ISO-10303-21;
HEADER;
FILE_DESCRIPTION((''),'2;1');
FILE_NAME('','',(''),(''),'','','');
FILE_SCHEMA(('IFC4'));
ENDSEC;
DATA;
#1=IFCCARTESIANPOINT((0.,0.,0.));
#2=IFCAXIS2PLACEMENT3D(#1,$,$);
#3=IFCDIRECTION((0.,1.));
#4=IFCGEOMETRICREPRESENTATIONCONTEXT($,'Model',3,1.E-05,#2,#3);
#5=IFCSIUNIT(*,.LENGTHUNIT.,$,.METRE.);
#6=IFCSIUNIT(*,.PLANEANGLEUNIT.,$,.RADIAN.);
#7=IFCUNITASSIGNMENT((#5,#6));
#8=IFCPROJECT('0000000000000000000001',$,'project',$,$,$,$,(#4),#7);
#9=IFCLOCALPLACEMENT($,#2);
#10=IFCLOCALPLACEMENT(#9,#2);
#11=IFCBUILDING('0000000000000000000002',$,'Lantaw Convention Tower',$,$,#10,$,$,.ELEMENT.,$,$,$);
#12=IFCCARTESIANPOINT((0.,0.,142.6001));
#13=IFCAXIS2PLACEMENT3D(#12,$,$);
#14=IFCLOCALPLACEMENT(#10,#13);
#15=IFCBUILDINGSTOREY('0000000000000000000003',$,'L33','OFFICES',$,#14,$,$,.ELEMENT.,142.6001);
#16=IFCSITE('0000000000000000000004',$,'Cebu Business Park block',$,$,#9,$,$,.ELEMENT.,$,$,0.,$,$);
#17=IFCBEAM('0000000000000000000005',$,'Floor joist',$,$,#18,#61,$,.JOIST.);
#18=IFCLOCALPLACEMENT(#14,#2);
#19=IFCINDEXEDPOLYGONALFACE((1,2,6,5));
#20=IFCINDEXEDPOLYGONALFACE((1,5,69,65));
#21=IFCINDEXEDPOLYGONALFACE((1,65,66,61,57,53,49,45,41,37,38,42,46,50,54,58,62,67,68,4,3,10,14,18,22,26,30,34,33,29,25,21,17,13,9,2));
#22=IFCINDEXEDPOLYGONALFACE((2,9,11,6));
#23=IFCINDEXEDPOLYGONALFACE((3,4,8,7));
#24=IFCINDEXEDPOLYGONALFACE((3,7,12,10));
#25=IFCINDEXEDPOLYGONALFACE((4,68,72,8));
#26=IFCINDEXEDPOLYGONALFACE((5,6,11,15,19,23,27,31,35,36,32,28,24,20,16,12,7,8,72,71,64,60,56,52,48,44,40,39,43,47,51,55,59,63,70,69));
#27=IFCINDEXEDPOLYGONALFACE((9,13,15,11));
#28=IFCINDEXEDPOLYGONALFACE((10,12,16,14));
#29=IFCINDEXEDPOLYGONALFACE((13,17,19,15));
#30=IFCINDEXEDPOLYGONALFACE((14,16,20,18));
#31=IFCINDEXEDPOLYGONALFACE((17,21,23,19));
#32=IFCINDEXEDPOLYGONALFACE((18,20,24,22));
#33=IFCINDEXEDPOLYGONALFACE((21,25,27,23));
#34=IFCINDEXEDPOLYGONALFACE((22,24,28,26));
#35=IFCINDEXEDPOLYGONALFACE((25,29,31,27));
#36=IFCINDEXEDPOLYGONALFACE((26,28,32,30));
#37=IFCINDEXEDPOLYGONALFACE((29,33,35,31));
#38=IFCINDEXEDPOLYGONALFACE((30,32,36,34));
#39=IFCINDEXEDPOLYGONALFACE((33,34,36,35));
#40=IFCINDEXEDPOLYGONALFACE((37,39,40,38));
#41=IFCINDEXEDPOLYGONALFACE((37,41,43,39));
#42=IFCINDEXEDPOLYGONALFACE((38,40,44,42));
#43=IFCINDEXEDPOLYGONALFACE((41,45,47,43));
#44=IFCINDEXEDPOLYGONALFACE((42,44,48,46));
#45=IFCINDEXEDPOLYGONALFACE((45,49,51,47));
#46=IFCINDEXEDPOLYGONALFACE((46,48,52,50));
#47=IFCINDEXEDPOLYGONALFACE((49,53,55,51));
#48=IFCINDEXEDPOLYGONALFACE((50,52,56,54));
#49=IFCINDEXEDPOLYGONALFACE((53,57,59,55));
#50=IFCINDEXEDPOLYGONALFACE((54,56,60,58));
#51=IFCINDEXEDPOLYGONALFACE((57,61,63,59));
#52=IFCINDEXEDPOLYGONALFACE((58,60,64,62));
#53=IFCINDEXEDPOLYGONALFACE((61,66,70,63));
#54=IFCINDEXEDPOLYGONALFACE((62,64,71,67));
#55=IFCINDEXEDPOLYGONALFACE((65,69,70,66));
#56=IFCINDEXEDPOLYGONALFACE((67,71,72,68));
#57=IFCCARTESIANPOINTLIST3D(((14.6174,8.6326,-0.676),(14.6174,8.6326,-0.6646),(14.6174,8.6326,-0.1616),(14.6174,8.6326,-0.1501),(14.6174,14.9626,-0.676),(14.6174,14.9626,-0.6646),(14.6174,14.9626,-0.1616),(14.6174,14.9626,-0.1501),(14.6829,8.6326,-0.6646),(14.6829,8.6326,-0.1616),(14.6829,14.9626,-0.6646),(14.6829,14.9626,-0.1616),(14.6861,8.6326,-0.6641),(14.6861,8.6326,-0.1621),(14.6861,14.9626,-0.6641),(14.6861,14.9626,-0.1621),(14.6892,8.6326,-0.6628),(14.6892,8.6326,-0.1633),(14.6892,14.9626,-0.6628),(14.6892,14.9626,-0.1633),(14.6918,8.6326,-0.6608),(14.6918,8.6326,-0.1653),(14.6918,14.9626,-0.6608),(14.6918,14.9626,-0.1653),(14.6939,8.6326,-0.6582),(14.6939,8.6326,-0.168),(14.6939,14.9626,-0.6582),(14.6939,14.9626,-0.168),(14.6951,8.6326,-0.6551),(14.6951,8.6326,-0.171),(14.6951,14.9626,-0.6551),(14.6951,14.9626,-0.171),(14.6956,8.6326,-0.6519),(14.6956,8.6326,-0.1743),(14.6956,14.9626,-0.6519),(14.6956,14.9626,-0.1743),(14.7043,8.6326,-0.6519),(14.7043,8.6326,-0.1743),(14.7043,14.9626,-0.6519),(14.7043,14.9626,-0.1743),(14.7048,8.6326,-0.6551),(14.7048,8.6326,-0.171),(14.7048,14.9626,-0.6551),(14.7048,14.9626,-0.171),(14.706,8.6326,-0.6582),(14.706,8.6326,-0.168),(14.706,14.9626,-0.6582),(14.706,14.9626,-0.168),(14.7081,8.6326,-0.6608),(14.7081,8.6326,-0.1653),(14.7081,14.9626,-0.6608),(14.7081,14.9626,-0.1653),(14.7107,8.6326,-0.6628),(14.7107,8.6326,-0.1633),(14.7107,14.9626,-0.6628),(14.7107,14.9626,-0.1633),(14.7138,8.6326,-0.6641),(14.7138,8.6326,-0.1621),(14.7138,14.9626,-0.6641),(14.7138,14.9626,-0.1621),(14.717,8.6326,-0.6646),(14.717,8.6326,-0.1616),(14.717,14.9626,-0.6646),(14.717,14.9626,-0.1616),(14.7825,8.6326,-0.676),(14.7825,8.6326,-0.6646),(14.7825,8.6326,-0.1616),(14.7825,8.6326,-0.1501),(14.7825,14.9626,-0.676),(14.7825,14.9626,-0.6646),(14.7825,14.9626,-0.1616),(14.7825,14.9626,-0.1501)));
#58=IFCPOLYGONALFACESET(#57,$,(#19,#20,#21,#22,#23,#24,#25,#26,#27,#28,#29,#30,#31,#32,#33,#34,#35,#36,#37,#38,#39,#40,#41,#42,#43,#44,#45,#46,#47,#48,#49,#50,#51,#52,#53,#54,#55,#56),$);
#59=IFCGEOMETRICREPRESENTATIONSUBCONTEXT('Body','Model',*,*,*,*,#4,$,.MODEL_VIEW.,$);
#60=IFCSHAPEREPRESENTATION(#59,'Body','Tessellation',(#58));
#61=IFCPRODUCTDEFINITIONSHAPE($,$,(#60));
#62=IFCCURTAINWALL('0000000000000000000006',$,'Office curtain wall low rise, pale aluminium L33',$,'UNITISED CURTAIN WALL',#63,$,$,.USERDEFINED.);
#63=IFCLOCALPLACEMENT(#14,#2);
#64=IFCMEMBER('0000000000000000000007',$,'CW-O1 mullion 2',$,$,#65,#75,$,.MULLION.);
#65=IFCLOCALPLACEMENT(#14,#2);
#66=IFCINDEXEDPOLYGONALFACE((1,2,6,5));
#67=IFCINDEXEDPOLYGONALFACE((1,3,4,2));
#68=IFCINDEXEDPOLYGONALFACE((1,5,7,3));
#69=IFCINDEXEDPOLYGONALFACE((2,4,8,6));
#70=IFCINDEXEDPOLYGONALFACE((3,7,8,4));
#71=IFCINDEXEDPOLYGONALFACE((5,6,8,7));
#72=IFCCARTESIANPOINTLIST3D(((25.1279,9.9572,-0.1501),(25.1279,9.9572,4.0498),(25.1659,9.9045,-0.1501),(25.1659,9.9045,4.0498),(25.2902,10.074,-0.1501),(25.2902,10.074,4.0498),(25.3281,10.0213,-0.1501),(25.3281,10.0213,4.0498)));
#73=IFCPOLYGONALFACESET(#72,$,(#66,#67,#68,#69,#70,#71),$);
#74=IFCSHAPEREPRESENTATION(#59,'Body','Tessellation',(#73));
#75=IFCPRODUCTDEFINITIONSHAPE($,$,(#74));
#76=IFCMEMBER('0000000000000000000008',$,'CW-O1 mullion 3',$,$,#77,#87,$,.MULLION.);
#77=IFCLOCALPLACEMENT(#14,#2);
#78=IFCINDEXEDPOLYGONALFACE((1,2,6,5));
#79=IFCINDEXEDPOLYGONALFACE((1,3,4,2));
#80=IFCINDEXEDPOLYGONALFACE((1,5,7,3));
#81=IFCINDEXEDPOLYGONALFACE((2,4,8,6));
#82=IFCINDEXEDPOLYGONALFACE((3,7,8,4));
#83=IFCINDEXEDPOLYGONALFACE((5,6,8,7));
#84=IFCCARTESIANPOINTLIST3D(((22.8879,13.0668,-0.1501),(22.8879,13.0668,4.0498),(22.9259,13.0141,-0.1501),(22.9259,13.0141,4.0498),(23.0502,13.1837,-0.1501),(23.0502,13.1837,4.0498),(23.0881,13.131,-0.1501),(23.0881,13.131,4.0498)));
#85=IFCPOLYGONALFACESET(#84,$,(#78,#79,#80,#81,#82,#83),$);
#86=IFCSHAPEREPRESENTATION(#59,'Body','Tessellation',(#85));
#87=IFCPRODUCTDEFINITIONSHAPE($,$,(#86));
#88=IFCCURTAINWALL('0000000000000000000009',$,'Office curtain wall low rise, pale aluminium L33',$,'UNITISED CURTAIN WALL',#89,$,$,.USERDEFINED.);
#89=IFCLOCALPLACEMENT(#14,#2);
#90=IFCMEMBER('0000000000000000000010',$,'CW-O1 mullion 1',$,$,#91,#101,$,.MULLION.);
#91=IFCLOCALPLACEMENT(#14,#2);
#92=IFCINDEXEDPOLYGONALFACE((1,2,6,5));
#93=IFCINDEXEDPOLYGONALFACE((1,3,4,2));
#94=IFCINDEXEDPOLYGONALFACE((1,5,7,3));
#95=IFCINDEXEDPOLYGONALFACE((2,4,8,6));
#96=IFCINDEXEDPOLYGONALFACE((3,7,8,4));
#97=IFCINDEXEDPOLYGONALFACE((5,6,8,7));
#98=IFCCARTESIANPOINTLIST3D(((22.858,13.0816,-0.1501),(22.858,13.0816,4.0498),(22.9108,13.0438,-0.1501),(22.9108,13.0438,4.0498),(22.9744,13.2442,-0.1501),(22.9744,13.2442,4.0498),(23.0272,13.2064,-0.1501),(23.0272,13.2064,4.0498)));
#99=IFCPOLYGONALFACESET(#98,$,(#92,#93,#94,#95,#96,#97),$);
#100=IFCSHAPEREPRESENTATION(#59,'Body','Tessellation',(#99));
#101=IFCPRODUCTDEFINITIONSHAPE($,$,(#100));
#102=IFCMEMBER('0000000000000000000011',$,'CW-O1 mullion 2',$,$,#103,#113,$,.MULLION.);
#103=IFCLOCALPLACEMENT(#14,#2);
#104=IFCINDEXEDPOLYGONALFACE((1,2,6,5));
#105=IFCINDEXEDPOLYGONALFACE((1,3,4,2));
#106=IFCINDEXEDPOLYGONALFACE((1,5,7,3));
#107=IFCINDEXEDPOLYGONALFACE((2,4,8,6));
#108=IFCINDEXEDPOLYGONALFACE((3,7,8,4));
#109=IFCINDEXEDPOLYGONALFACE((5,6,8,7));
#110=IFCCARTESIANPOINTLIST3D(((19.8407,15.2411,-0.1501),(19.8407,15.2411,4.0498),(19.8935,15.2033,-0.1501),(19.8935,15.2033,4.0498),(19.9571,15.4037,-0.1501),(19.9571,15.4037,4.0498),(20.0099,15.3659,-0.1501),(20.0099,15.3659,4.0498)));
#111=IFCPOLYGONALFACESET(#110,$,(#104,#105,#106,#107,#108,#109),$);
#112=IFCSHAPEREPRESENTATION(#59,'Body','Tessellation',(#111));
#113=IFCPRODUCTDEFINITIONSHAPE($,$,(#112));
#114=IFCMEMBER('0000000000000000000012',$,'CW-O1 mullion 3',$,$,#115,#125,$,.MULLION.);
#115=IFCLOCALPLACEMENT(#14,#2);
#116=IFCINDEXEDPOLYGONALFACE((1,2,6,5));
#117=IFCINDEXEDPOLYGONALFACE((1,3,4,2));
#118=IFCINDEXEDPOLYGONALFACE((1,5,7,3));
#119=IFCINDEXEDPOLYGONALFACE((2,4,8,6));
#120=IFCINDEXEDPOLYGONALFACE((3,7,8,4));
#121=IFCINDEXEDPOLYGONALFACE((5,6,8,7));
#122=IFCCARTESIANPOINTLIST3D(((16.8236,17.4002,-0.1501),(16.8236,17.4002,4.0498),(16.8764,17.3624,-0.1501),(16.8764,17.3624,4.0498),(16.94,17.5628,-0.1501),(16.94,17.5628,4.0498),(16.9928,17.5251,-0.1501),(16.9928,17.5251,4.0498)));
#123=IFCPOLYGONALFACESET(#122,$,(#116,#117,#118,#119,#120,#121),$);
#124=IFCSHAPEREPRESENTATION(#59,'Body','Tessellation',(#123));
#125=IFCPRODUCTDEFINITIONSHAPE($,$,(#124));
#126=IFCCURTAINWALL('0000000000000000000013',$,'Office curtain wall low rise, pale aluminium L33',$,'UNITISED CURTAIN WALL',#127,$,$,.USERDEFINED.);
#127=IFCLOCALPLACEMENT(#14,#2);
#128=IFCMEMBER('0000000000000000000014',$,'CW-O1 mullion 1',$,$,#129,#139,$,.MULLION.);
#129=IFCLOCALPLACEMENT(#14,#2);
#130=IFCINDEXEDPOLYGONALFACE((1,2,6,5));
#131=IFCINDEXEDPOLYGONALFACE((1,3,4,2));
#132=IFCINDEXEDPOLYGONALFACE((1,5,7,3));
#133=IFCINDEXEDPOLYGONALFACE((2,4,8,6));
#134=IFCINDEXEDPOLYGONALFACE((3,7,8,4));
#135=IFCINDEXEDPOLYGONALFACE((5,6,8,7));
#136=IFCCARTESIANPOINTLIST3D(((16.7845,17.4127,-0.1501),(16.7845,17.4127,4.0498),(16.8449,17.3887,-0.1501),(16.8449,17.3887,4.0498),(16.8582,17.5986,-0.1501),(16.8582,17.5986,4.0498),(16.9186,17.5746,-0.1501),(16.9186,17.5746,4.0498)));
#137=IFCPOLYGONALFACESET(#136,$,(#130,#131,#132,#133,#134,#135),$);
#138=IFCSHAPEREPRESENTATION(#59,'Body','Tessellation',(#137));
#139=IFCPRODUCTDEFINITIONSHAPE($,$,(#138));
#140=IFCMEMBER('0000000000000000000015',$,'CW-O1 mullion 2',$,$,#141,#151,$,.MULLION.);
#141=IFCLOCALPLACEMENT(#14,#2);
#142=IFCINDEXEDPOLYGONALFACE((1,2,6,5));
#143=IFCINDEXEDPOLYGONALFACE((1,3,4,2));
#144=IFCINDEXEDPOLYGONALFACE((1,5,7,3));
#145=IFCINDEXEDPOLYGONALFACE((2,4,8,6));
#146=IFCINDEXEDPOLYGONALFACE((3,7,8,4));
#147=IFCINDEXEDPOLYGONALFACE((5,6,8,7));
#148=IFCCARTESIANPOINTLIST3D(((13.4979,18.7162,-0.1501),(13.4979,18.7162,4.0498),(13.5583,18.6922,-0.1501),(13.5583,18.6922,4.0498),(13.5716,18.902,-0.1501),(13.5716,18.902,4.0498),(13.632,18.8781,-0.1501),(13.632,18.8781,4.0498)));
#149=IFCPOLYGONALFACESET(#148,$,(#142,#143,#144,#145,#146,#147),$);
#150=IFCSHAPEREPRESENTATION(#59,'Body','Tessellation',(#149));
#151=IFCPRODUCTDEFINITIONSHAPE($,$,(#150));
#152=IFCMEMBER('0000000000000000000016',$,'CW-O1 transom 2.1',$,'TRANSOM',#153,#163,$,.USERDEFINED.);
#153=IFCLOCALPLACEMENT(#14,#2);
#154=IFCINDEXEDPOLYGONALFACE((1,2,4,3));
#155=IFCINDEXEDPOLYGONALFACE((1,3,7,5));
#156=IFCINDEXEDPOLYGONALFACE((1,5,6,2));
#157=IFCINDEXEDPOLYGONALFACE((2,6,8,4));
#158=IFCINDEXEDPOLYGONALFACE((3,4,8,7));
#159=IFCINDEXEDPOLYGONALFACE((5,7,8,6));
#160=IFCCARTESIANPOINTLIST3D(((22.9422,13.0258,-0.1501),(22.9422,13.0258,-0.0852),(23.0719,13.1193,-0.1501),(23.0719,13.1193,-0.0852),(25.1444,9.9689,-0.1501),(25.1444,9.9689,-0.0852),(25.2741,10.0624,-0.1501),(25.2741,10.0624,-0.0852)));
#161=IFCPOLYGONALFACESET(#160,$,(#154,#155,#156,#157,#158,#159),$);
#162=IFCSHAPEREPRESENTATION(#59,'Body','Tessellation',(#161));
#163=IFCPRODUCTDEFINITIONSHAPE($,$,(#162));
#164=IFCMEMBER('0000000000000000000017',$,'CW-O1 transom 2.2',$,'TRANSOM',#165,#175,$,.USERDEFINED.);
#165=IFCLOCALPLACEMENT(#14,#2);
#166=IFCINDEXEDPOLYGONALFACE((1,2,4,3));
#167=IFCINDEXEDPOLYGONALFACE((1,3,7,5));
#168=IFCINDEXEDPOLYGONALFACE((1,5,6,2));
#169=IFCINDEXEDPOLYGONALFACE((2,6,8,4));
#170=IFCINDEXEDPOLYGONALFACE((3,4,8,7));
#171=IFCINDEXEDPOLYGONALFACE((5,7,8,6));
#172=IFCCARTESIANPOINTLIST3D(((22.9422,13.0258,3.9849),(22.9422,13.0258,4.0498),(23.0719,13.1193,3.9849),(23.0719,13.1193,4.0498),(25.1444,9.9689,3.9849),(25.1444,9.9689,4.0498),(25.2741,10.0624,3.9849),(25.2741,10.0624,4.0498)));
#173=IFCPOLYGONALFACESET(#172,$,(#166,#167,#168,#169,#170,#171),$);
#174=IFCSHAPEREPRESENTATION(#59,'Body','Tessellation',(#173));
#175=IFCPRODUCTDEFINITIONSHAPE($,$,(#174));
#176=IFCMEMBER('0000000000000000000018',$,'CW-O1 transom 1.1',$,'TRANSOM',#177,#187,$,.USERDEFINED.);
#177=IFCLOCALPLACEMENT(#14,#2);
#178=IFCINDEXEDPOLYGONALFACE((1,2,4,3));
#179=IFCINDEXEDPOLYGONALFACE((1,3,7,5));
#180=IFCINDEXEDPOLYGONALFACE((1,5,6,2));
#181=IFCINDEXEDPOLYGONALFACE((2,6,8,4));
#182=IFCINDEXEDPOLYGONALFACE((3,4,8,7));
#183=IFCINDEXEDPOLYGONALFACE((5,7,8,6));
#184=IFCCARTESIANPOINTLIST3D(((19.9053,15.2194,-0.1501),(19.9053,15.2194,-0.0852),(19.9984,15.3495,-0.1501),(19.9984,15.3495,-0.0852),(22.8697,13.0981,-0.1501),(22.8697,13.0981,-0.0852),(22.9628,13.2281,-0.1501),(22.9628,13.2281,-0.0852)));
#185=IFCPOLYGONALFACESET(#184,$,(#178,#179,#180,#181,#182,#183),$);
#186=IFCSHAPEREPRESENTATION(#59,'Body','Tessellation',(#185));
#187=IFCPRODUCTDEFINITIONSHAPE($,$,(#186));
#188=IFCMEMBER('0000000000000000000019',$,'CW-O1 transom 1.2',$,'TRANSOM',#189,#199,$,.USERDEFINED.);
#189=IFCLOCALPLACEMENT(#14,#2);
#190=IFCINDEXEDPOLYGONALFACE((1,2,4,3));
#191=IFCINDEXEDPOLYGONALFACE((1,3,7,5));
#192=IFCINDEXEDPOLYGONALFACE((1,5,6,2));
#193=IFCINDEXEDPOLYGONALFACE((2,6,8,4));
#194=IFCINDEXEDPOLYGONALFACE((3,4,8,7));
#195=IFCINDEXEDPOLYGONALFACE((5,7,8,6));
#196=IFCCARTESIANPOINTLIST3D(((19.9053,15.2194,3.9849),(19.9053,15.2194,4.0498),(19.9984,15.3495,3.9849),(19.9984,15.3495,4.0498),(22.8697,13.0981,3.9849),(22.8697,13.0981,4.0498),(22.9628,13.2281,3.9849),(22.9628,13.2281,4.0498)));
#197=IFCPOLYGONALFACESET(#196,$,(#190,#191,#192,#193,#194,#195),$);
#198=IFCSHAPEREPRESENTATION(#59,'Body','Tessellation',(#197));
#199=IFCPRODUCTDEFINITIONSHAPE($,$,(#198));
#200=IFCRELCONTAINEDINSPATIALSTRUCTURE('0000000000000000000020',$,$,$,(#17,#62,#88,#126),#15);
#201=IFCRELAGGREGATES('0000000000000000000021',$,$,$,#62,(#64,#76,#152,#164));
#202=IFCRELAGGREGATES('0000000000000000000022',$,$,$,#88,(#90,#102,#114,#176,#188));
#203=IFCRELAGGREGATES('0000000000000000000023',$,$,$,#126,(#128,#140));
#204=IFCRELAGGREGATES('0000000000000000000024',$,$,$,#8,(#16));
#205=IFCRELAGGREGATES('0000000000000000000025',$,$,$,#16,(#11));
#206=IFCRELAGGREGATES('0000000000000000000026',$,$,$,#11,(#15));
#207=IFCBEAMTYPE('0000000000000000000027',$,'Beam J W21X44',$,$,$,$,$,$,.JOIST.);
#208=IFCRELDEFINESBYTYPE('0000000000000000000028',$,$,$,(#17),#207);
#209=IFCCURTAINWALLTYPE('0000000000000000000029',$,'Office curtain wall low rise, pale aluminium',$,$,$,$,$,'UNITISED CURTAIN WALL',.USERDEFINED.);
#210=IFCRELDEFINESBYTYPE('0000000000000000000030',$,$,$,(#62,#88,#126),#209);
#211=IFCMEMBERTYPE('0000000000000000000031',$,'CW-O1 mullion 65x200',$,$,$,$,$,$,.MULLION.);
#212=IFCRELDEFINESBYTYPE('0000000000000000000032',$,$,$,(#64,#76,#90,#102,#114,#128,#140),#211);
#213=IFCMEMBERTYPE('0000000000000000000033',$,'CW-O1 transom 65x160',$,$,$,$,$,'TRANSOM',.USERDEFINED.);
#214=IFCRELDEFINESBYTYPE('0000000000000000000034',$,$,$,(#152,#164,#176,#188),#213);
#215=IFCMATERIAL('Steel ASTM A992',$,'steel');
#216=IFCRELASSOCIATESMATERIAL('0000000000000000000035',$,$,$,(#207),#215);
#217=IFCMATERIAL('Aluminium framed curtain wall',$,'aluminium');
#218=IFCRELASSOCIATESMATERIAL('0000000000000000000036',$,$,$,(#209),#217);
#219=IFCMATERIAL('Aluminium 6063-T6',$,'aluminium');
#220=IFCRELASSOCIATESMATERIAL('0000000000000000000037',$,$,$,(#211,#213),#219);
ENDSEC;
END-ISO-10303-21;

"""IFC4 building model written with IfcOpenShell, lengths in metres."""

from ifc_helpers import new_model, si_unit, direction, frame, origin, origin_2d, place, context, subcontext, project, spatial, rectangle, i_section, extrude, material, material_profile, profile_set, type_object, element, aggregate, save


model = new_model("IFC4")

# Units and contexts
model_context = context("Model", 3, precision=1e-05, world=origin(), true_north=direction((0.0, 1.0)))
body_context = subcontext(model_context, "Body", "Model", "MODEL_VIEW")
ifc_project = project(units=[si_unit("LENGTHUNIT", "METRE"), si_unit("PLANEANGLEUNIT", "RADIAN")], contexts=[model_context])

# Site, building, storey
site_placement = place(None, origin())
site = spatial("IfcSite", under=ifc_project, at=site_placement, Name="Cebu Business Park block", CompositionType="ELEMENT", RefElevation=0.0)
building_placement = place(site_placement, origin())
building = spatial("IfcBuilding", under=site, at=building_placement, Name="Lantaw Convention Tower", CompositionType="ELEMENT")
storey_placement = place(building_placement, frame((0.0, 0.0, 142.6001)))
storey = spatial("IfcBuildingStorey", under=building, at=storey_placement, Name="L33", Description="OFFICES", CompositionType="ELEMENT", Elevation=142.6001)

# Beam
ifc_material_1 = material(Name="Steel ASTM A992", Category="steel")
ifc_material_profile_1 = material_profile(ifc_material_1, i_section(OverallWidth=0.165, OverallDepth=0.5259, WebThickness=0.0088, FlangeThickness=0.0115, FilletRadius=0.0127, at=origin_2d()), Name="W21X44")
ifc_profile_set_1 = profile_set([ifc_material_profile_1], Name="Steel ASTM A992")
beam_type_1 = type_object("IfcBeamType", Name="Beam J W21X44", PredefinedType="JOIST", material=ifc_profile_set_1)
beam_1_placement = place(storey_placement, frame((14.7, 8.6326, -0.4131), z_axis=(0.0, 1.0, 0.0), x_axis=(-1.0, 0.0, 0.0)))
element("IfcBeam", 1, at=beam_1_placement, inside=storey, type_object=beam_type_1, Name="Floor joist", PredefinedType="JOIST", context=body_context, shape_type="SweptSolid", body=[
    extrude(i_section(OverallWidth=0.165, OverallDepth=0.5259, WebThickness=0.0088, FlangeThickness=0.0115, FilletRadius=0.0127, at=origin_2d()), origin(), (0.0, 0.0, 1.0), 6.3301),
])

# Curtain walls, members
ifc_material_2 = material(Name="Aluminium framed curtain wall", Category="aluminium")
curtain_wall_type = type_object("IfcCurtainWallType", Name="Office curtain wall low rise, pale aluminium", ElementType="UNITISED CURTAIN WALL", PredefinedType="USERDEFINED", material=ifc_material_2)
curtain_wall_1_placement = place(storey_placement, origin())
curtain_wall_1 = element("IfcCurtainWall", 2, at=curtain_wall_1_placement, inside=storey, type_object=curtain_wall_type, Name="Office curtain wall low rise, pale aluminium L33", ObjectType="UNITISED CURTAIN WALL", PredefinedType="USERDEFINED")
ifc_material_3 = material(Name="Aluminium 6063-T6", Category="aluminium")
ifc_material_profile_2 = material_profile(ifc_material_3, rectangle(XDim=0.2, YDim=0.0649, at=origin_2d()), Name="CW-O1 mullion 65x200")
ifc_profile_set_2 = profile_set([ifc_material_profile_2], Name="Aluminium 6063-T6")
member_type_1 = type_object("IfcMemberType", Name="CW-O1 mullion 65x200", PredefinedType="MULLION", material=ifc_profile_set_2)
member_1_placement = place(storey_placement, frame((25.228, 9.9893, -0.1501), z_axis=(0.0, 0.0, 1.0), x_axis=(-0.811385, -0.584513, 0.0)))
member_1 = element("IfcMember", 3, at=member_1_placement, type_object=member_type_1, Name="CW-O1 mullion 2", PredefinedType="MULLION", context=body_context, shape_type="SweptSolid", body=[
    extrude(rectangle(XDim=0.2, YDim=0.0649, at=origin_2d()), origin(), (0.0, 0.0, 1.0), 4.2),
])
member_2_placement = place(storey_placement, frame((22.988, 13.0989, -0.1501), z_axis=(0.0, 0.0, 1.0), x_axis=(-0.811385, -0.584513, 0.0)))
member_2 = element("IfcMember", 4, at=member_2_placement, type_object=member_type_1, Name="CW-O1 mullion 3", PredefinedType="MULLION", context=body_context, shape_type="SweptSolid", body=[
    extrude(rectangle(XDim=0.2, YDim=0.0649, at=origin_2d()), origin(), (0.0, 0.0, 1.0), 4.2),
])
curtain_wall_2_placement = place(storey_placement, origin())
curtain_wall_2 = element("IfcCurtainWall", 5, at=curtain_wall_2_placement, inside=storey, type_object=curtain_wall_type, Name="Office curtain wall low rise, pale aluminium L33", ObjectType="UNITISED CURTAIN WALL", PredefinedType="USERDEFINED")
member_3_placement = place(storey_placement, frame((22.9426, 13.144, -0.1501), z_axis=(0.0, 0.0, 1.0), x_axis=(-0.581973, -0.813208, 0.0)))
member_3 = element("IfcMember", 6, at=member_3_placement, type_object=member_type_1, Name="CW-O1 mullion 1", PredefinedType="MULLION", context=body_context, shape_type="SweptSolid", body=[
    extrude(rectangle(XDim=0.2, YDim=0.0649, at=origin_2d()), origin(), (0.0, 0.0, 1.0), 4.2),
])
member_4_placement = place(storey_placement, frame((19.9253, 15.3035, -0.1501), z_axis=(0.0, 0.0, 1.0), x_axis=(-0.581973, -0.813208, 0.0)))
member_4 = element("IfcMember", 7, at=member_4_placement, type_object=member_type_1, Name="CW-O1 mullion 2", PredefinedType="MULLION", context=body_context, shape_type="SweptSolid", body=[
    extrude(rectangle(XDim=0.2, YDim=0.0649, at=origin_2d()), origin(), (0.0, 0.0, 1.0), 4.2),
])
member_5_placement = place(storey_placement, frame((16.9082, 17.4626, -0.1501), z_axis=(0.0, 0.0, 1.0), x_axis=(-0.581973, -0.813208, 0.0)))
member_5 = element("IfcMember", 8, at=member_5_placement, type_object=member_type_1, Name="CW-O1 mullion 3", PredefinedType="MULLION", context=body_context, shape_type="SweptSolid", body=[
    extrude(rectangle(XDim=0.2, YDim=0.0649, at=origin_2d()), origin(), (0.0, 0.0, 1.0), 4.2),
])
curtain_wall_3_placement = place(storey_placement, origin())
curtain_wall_3 = element("IfcCurtainWall", 9, at=curtain_wall_3_placement, inside=storey, type_object=curtain_wall_type, Name="Office curtain wall low rise, pale aluminium L33", ObjectType="UNITISED CURTAIN WALL", PredefinedType="USERDEFINED")
member_6_placement = place(storey_placement, frame((16.8516, 17.4937, -0.1501), z_axis=(0.0, 0.0, 1.0), x_axis=(-0.368702, -0.929548, 0.0)))
member_6 = element("IfcMember", 10, at=member_6_placement, type_object=member_type_1, Name="CW-O1 mullion 1", PredefinedType="MULLION", context=body_context, shape_type="SweptSolid", body=[
    extrude(rectangle(XDim=0.2, YDim=0.0649, at=origin_2d()), origin(), (0.0, 0.0, 1.0), 4.2),
])
member_7_placement = place(storey_placement, frame((13.5649, 18.7971, -0.1501), z_axis=(0.0, 0.0, 1.0), x_axis=(-0.368702, -0.929548, 0.0)))
member_7 = element("IfcMember", 11, at=member_7_placement, type_object=member_type_1, Name="CW-O1 mullion 2", PredefinedType="MULLION", context=body_context, shape_type="SweptSolid", body=[
    extrude(rectangle(XDim=0.2, YDim=0.0649, at=origin_2d()), origin(), (0.0, 0.0, 1.0), 4.2),
])

# Members
ifc_material_profile_3 = material_profile(ifc_material_3, rectangle(XDim=0.1599, YDim=0.0649, at=origin_2d()), Name="CW-O1 transom 65x160")
ifc_profile_set_3 = profile_set([ifc_material_profile_3], Name="Aluminium 6063-T6")
member_type_2 = type_object("IfcMemberType", Name="CW-O1 transom 65x160", ElementType="TRANSOM", PredefinedType="USERDEFINED", material=ifc_profile_set_3)
member_8_placement = place(storey_placement, frame((25.2092, 10.0156, -0.1177), z_axis=(-0.584513, 0.811384, 0.0), x_axis=(-0.811384, -0.584513, 0.0)))
member_8 = element("IfcMember", 12, at=member_8_placement, type_object=member_type_2, Name="CW-O1 transom 2.1", ObjectType="TRANSOM", PredefinedType="USERDEFINED", context=body_context, shape_type="SweptSolid", body=[
    extrude(rectangle(XDim=0.1599, YDim=0.0649, at=origin_2d()), origin(), (0.0, 0.0, 1.0), 3.7676),
])
member_9_placement = place(storey_placement, frame((25.2092, 10.0156, 4.0173), z_axis=(-0.584513, 0.811384, 0.0), x_axis=(-0.811384, -0.584513, 0.0)))
member_9 = element("IfcMember", 13, at=member_9_placement, type_object=member_type_2, Name="CW-O1 transom 2.2", ObjectType="TRANSOM", PredefinedType="USERDEFINED", context=body_context, shape_type="SweptSolid", body=[
    extrude(rectangle(XDim=0.1599, YDim=0.0649, at=origin_2d()), origin(), (0.0, 0.0, 1.0), 3.7676),
])
member_10_placement = place(storey_placement, frame((22.9163, 13.1631, -0.1177), z_axis=(-0.813222, 0.581954, 0.0), x_axis=(-0.581954, -0.813222, 0.0)))
member_10 = element("IfcMember", 14, at=member_10_placement, type_object=member_type_2, Name="CW-O1 transom 1.1", ObjectType="TRANSOM", PredefinedType="USERDEFINED", context=body_context, shape_type="SweptSolid", body=[
    extrude(rectangle(XDim=0.1599, YDim=0.0649, at=origin_2d()), origin(), (0.0, 0.0, 1.0), 3.6453),
])
member_11_placement = place(storey_placement, frame((22.9163, 13.1631, 4.0173), z_axis=(-0.813222, 0.581954, 0.0), x_axis=(-0.581954, -0.813222, 0.0)))
member_11 = element("IfcMember", 15, at=member_11_placement, type_object=member_type_2, Name="CW-O1 transom 1.2", ObjectType="TRANSOM", PredefinedType="USERDEFINED", context=body_context, shape_type="SweptSolid", body=[
    extrude(rectangle(XDim=0.1599, YDim=0.0649, at=origin_2d()), origin(), (0.0, 0.0, 1.0), 3.6453),
])

aggregate(curtain_wall_1, [member_1, member_2, member_8, member_9])
aggregate(curtain_wall_2, [member_3, member_4, member_5, member_10, member_11])
aggregate(curtain_wall_3, [member_6, member_7])

save(model, "model.ifc")
